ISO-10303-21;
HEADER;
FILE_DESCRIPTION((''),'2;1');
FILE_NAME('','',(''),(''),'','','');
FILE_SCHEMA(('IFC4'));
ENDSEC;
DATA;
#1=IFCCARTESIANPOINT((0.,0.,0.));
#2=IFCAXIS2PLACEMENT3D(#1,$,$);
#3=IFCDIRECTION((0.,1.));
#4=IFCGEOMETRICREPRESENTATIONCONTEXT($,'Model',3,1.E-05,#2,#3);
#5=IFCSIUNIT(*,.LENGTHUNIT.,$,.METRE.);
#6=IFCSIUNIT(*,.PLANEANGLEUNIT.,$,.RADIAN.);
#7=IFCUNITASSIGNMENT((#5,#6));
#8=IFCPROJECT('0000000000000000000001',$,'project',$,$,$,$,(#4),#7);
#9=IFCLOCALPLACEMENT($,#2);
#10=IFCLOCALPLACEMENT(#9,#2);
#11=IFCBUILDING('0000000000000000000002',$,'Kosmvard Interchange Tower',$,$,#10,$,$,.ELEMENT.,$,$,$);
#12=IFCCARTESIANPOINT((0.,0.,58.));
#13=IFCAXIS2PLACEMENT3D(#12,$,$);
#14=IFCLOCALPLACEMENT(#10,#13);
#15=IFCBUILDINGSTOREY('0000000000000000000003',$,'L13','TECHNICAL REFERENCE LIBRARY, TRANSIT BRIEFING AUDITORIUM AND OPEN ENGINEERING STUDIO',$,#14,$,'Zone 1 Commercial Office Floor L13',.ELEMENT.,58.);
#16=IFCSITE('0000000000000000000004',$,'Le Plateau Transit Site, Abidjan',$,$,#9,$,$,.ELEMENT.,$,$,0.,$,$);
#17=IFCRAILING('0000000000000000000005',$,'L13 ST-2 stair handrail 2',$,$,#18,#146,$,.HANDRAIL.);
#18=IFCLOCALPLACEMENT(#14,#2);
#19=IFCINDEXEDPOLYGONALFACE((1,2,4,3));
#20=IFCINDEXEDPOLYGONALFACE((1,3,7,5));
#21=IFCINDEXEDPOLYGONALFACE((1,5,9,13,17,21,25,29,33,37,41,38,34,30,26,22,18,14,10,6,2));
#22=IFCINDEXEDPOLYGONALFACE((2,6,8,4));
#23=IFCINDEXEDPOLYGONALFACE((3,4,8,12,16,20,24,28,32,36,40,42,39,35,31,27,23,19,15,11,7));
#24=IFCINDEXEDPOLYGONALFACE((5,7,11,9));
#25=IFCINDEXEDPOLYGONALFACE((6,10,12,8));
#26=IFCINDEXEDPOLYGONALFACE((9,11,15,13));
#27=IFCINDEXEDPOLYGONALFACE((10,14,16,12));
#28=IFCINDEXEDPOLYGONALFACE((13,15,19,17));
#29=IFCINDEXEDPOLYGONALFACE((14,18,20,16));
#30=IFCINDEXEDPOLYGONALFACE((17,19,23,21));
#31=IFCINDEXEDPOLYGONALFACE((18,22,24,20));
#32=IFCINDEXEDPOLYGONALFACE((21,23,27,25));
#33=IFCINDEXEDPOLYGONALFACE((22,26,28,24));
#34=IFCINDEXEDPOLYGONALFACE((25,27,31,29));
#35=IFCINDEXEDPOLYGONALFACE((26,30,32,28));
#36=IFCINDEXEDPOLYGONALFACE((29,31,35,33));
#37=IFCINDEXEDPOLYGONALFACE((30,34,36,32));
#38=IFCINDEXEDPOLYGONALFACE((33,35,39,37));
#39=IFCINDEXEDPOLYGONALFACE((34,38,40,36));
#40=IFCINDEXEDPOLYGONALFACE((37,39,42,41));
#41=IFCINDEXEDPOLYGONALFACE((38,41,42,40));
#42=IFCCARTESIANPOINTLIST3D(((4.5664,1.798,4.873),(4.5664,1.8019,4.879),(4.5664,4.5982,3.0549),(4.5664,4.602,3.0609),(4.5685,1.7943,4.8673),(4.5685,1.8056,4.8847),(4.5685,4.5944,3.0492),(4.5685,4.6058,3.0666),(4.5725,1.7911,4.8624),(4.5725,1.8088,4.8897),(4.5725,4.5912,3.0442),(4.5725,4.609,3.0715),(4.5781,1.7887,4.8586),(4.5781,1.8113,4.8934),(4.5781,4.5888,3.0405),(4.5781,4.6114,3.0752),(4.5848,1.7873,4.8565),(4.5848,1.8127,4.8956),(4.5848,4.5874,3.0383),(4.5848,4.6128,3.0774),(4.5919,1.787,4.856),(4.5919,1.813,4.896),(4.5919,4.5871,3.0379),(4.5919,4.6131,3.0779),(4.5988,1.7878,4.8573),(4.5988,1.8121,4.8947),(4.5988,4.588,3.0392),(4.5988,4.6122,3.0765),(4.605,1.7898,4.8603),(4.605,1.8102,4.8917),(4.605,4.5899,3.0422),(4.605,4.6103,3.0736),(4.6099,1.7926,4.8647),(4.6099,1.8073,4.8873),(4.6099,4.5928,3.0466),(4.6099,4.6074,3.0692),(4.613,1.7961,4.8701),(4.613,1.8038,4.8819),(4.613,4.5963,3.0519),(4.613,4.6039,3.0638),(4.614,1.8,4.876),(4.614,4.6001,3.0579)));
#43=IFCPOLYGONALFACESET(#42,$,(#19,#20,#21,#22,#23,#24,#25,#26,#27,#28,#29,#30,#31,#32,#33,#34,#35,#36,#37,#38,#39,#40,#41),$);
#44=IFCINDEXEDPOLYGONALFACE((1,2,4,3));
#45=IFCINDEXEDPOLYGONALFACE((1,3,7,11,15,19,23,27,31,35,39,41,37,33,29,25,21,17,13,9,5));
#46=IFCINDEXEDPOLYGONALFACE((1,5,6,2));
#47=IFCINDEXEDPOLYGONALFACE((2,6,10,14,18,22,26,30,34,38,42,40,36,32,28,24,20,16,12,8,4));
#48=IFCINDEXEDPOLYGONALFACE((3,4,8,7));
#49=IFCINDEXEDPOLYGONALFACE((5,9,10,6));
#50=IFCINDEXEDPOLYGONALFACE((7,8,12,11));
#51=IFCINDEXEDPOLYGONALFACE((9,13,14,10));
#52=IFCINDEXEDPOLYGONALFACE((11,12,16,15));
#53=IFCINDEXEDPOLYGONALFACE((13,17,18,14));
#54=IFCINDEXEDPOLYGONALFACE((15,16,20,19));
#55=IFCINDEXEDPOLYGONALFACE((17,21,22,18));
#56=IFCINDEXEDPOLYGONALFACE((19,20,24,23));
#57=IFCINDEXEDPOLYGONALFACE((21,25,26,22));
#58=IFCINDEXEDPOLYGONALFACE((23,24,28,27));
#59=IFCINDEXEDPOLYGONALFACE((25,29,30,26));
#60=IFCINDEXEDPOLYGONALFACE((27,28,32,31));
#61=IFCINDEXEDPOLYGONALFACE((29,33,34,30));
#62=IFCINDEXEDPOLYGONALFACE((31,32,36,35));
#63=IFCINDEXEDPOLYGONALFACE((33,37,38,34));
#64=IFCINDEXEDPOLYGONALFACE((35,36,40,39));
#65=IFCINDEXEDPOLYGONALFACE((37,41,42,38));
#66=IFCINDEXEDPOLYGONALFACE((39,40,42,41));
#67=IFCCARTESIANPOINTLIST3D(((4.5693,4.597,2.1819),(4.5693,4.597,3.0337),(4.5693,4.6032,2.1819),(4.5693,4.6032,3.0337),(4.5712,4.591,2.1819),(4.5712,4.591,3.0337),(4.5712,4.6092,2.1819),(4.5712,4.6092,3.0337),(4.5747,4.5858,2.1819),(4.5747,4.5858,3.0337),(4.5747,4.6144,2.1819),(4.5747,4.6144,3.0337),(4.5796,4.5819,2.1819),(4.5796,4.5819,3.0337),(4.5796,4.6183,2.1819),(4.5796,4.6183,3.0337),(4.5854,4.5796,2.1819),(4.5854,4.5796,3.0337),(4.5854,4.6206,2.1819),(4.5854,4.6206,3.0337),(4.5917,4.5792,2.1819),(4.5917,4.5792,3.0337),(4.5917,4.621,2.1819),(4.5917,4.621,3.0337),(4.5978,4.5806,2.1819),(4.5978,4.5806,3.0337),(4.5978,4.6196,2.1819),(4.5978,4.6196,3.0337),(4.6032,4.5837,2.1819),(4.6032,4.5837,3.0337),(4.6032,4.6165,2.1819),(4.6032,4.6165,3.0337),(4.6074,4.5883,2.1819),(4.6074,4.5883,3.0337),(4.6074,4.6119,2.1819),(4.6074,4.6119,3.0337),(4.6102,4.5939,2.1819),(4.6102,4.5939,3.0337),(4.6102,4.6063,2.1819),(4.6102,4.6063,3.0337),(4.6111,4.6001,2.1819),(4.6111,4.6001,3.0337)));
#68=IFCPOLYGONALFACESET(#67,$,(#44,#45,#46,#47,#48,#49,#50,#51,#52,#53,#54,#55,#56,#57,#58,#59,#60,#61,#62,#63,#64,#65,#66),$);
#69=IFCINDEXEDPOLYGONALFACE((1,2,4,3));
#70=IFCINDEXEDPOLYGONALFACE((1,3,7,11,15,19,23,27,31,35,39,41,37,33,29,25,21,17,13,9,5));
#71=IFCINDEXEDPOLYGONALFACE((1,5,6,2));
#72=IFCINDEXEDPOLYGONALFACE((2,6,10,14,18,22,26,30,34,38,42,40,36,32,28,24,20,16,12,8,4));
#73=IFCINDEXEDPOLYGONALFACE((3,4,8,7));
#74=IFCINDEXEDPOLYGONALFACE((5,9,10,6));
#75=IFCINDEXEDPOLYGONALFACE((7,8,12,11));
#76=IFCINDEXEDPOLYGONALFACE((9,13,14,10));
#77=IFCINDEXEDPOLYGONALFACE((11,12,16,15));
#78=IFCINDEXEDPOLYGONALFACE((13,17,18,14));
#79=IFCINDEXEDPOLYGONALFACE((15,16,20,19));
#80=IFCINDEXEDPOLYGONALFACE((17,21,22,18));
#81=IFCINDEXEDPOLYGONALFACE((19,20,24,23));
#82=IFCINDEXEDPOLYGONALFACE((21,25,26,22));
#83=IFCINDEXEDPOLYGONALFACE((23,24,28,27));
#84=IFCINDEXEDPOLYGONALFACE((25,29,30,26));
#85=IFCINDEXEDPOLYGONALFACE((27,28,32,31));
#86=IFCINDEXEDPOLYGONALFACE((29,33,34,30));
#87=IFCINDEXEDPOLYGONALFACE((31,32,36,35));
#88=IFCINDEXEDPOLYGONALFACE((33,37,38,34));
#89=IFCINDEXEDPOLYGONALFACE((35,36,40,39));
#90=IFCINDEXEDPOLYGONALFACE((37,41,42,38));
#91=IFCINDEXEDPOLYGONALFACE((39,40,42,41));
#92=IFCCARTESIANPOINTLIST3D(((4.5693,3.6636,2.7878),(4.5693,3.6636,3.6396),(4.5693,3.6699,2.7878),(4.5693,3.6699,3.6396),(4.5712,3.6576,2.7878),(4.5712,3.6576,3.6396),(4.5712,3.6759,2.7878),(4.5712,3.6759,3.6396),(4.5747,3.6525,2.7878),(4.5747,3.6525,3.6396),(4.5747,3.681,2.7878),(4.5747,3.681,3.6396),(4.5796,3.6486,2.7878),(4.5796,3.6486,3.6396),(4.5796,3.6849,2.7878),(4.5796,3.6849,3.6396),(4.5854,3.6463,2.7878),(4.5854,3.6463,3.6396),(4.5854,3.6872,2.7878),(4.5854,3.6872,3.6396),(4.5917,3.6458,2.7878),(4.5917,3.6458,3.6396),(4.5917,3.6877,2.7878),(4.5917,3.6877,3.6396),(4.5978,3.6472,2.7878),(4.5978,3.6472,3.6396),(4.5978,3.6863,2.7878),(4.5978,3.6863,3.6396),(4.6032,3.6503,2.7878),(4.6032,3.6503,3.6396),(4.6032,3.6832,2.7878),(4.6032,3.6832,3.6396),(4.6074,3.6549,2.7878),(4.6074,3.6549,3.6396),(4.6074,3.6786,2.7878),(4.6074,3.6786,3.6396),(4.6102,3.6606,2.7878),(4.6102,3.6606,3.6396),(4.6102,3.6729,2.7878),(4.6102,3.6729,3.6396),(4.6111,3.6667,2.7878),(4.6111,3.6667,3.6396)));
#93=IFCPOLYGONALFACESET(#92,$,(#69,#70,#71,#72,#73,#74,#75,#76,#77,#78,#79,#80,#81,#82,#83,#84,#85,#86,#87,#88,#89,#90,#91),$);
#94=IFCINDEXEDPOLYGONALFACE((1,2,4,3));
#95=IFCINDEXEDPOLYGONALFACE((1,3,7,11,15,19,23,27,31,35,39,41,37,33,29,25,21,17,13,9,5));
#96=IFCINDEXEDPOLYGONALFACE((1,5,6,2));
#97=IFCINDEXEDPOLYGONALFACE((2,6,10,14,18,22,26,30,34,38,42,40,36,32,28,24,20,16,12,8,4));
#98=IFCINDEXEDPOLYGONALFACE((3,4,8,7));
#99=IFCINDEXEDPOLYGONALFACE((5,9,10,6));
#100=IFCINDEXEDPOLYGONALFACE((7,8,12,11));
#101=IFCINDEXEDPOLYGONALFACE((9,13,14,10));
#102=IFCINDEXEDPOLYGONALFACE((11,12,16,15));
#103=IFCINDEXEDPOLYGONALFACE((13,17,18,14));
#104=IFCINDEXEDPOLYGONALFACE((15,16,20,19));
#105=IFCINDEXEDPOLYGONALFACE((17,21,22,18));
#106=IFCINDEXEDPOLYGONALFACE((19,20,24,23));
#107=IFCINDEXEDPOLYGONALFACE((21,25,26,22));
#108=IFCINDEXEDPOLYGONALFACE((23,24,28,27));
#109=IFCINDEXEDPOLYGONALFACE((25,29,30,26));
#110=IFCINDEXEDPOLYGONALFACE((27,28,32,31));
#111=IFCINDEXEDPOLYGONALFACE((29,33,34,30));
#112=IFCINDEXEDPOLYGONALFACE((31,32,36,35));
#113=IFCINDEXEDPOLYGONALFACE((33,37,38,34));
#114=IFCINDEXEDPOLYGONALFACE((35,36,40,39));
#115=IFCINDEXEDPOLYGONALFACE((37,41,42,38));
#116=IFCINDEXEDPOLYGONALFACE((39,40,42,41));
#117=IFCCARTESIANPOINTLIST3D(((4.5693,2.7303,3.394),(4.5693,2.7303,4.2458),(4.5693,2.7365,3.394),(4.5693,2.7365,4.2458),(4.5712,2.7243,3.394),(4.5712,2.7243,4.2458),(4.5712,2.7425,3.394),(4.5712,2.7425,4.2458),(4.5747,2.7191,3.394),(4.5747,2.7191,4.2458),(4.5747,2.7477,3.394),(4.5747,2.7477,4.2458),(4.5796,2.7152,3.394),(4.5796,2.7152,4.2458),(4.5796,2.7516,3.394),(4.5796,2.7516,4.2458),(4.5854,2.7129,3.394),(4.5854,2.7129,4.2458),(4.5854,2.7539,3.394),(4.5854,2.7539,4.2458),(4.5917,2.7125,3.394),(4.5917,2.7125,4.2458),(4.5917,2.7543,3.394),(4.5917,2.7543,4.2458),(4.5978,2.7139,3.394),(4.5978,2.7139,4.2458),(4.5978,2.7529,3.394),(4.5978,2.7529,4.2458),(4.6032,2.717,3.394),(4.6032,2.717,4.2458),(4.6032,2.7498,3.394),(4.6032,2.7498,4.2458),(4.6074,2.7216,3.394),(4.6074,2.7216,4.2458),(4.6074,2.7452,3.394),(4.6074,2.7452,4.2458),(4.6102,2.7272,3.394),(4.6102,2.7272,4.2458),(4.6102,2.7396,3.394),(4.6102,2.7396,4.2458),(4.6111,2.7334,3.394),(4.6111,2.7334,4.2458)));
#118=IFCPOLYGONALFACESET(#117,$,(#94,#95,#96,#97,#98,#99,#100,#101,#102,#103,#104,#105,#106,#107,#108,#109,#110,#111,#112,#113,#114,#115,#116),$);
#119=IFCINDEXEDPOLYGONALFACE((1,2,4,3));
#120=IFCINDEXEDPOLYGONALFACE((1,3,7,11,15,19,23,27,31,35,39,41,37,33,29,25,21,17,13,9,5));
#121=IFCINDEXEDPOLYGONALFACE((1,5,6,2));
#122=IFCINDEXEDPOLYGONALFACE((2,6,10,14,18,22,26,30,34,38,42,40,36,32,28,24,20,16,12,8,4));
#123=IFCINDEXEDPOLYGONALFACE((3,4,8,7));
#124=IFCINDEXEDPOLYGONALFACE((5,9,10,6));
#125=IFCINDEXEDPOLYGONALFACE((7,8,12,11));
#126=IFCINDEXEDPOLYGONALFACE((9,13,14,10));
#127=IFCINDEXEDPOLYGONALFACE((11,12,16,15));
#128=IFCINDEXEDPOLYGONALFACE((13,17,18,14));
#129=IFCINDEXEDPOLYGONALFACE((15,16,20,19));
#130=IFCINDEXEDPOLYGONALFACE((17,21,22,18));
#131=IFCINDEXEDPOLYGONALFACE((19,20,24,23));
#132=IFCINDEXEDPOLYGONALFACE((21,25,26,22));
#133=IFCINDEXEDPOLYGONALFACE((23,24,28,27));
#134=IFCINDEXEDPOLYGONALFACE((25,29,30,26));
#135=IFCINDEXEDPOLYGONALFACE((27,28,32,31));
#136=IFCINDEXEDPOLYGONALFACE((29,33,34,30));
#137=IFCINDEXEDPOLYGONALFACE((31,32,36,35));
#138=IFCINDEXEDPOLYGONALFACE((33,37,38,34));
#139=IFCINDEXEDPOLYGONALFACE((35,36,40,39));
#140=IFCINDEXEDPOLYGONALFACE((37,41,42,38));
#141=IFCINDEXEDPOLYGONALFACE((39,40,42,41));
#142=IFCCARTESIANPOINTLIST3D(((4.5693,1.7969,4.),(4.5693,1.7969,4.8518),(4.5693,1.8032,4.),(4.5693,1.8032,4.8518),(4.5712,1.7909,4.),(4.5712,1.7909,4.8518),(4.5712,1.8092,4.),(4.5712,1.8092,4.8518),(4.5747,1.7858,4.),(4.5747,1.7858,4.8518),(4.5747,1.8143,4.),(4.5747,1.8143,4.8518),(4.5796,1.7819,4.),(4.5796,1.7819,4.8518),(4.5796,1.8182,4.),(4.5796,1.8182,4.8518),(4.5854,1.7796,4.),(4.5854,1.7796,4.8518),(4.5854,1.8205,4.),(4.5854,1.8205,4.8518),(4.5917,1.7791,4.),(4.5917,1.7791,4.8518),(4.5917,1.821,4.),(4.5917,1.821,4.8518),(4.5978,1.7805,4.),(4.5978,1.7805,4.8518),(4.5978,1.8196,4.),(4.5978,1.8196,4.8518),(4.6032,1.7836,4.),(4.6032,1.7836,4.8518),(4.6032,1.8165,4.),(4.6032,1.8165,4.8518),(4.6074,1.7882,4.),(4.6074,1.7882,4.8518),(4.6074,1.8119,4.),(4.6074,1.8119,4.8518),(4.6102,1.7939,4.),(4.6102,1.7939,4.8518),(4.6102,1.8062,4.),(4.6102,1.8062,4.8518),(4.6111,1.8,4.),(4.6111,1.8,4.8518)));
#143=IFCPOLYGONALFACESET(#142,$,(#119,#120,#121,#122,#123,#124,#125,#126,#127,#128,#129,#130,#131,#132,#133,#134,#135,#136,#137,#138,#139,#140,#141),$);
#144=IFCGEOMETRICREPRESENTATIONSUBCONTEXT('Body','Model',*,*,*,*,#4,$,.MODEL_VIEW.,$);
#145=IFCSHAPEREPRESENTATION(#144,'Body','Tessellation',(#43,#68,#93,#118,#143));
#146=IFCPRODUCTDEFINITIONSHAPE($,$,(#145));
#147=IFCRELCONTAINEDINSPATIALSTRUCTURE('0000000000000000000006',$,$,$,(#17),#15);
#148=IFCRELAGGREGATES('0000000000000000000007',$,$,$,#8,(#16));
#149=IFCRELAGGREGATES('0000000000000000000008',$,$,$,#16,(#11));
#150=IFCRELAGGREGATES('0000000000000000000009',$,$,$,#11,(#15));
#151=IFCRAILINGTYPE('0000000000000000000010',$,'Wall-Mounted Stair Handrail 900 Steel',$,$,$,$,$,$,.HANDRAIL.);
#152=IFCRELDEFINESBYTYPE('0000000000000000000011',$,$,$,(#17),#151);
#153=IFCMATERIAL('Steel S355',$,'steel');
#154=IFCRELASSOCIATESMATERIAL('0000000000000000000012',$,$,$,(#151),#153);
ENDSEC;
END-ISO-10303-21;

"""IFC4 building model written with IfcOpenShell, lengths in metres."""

from ifc_helpers import new_model, si_unit, direction, frame, origin, origin_2d, place, context, subcontext, project, spatial, circle, extrude, source, transform, mapped, material, type_object, element, save


model = new_model("IFC4")

# Units and contexts
model_context = context("Model", 3, precision=1e-05, world=origin(), true_north=direction((0.0, 1.0)))
body_context = subcontext(model_context, "Body", "Model", "MODEL_VIEW")
ifc_project = project(units=[si_unit("LENGTHUNIT", "METRE"), si_unit("PLANEANGLEUNIT", "RADIAN")], contexts=[model_context])

# Site, building, storey
site_placement = place(None, origin())
site = spatial("IfcSite", under=ifc_project, at=site_placement, Name="Le Plateau Transit Site, Abidjan", CompositionType="ELEMENT", RefElevation=0.0)
building_placement = place(site_placement, origin())
building = spatial("IfcBuilding", under=site, at=building_placement, Name="Kosmvard Interchange Tower", CompositionType="ELEMENT")
storey_placement = place(building_placement, frame((0.0, 0.0, 58.0)))
storey = spatial("IfcBuildingStorey", under=building, at=storey_placement, Name="L13", Description="TECHNICAL REFERENCE LIBRARY, TRANSIT BRIEFING AUDITORIUM AND OPEN ENGINEERING STUDIO", LongName="Zone 1 Commercial Office Floor L13", CompositionType="ELEMENT", Elevation=58.0)

# Shared definitions
ifc_material_1 = material(Name="Steel S355", Category="steel")

# Railing
railing_type_1 = type_object("IfcRailingType", Name="Wall-Mounted Stair Handrail 900 Steel", PredefinedType="HANDRAIL", material=ifc_material_1)
shared_shape_1 = source(origin(), body_context, "Body", "SweptSolid", [
    extrude(circle(Radius=0.0239, at=origin_2d()), frame((0.0, 0.0, 0.876), z_axis=(0.0, -0.838706, 0.544585), x_axis=(1.0, 0.0, 0.0)), (0.0, 0.0, 1.0), 3.3386),
    extrude(circle(Radius=0.021, at=origin_2d()), origin(), (0.0, 0.0, 1.0), 0.8518),
    extrude(circle(Radius=0.021, at=origin_2d()), frame((0.0, -0.9333, 0.606)), (0.0, 0.0, 1.0), 0.8518),
    extrude(circle(Radius=0.021, at=origin_2d()), frame((0.0, -1.8667, 1.2122)), (0.0, 0.0, 1.0), 0.8518),
    extrude(circle(Radius=0.021, at=origin_2d()), frame((0.0, -2.8, 1.8181)), (0.0, 0.0, 1.0), 0.8518),
])
railing_1_placement = place(storey_placement, frame((4.5901, 4.6001, 2.1819)))
element("IfcRailing", 1, at=railing_1_placement, inside=storey, type_object=railing_type_1, Name="L13 ST-2 stair handrail 2", PredefinedType="HANDRAIL", context=body_context, shape_type="MappedRepresentation", body=[
    mapped(shared_shape_1, transform((0.0, 0.0, 0.0), scale=1.0)),
])

save(model, "model.ifc")
